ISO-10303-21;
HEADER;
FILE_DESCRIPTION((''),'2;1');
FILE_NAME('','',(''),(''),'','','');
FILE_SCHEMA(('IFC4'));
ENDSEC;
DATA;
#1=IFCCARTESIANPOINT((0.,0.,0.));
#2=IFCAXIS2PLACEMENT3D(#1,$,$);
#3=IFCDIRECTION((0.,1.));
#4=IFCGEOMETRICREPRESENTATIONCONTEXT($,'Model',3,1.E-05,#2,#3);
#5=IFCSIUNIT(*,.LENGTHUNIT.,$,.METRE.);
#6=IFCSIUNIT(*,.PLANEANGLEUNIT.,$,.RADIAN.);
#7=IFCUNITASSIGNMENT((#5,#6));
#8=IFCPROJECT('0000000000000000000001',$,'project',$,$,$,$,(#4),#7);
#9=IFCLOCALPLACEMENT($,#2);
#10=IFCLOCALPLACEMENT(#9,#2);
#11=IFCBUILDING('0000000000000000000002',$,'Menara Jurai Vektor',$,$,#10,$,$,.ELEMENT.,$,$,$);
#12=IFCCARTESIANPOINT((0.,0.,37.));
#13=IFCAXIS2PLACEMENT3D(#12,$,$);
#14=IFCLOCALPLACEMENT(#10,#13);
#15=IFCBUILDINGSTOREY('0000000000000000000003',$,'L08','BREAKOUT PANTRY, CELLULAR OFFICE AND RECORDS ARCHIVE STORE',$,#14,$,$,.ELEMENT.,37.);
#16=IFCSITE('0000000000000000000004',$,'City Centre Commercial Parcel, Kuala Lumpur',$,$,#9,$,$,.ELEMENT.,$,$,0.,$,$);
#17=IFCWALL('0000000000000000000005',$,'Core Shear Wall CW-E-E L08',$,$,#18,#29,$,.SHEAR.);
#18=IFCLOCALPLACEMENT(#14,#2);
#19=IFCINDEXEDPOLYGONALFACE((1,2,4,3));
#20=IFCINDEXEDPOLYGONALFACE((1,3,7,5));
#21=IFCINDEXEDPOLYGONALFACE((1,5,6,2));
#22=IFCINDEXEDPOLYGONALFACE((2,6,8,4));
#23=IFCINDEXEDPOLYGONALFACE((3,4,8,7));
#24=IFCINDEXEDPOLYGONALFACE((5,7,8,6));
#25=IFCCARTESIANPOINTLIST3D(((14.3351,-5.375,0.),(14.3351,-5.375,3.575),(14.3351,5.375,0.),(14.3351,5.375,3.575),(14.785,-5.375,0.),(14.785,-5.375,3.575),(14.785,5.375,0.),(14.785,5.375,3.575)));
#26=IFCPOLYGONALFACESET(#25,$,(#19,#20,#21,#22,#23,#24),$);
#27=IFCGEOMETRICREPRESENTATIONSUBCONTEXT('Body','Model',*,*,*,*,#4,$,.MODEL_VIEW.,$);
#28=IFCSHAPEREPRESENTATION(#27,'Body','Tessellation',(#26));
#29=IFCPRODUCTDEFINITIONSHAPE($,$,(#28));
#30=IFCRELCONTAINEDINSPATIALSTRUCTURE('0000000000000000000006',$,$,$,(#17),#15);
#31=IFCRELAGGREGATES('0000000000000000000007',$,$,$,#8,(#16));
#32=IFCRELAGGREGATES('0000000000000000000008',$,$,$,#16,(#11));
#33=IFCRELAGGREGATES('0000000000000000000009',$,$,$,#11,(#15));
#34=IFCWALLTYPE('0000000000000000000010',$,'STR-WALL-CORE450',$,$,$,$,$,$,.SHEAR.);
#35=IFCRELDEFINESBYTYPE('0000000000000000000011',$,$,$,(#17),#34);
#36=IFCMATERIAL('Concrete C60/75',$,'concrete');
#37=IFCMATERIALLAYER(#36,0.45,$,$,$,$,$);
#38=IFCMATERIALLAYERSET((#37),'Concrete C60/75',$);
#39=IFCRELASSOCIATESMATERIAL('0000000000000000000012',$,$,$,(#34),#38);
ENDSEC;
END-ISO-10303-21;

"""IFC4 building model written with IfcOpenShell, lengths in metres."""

from ifc_helpers import new_model, si_unit, direction, frame, frame_2d, origin, place, context, subcontext, project, spatial, rectangle, extrude, material, layer, layer_set, type_object, element, save


model = new_model("IFC4")

# Units and contexts
model_context = context("Model", 3, precision=1e-05, world=origin(), true_north=direction((0.0, 1.0)))
body_context = subcontext(model_context, "Body", "Model", "MODEL_VIEW")
ifc_project = project(units=[si_unit("LENGTHUNIT", "METRE"), si_unit("PLANEANGLEUNIT", "RADIAN")], contexts=[model_context])

# Site, building, storey
site_placement = place(None, origin())
site = spatial("IfcSite", under=ifc_project, at=site_placement, Name="City Centre Commercial Parcel, Kuala Lumpur", CompositionType="ELEMENT", RefElevation=0.0)
building_placement = place(site_placement, origin())
building = spatial("IfcBuilding", under=site, at=building_placement, Name="Menara Jurai Vektor", CompositionType="ELEMENT")
storey_placement = place(building_placement, frame((0.0, 0.0, 37.0)))
storey = spatial("IfcBuildingStorey", under=building, at=storey_placement, Name="L08", Description="BREAKOUT PANTRY, CELLULAR OFFICE AND RECORDS ARCHIVE STORE", CompositionType="ELEMENT", Elevation=37.0)

# Shared definitions
ifc_material_1 = material(Name="Concrete C60/75", Category="concrete")

# Wall
ifc_layer_1 = layer(ifc_material_1, 0.45)
ifc_layer_set_1 = layer_set([ifc_layer_1], Name="Concrete C60/75")
wall_type_1 = type_object("IfcWallType", Name="STR-WALL-CORE450", PredefinedType="SHEAR", material=ifc_layer_set_1)
wall_1_placement = place(storey_placement, frame((14.5601, -5.375, 0.0), z_axis=(0.0, 0.0, 1.0), x_axis=(0.0, 1.0, 0.0)))
element("IfcWall", 1, at=wall_1_placement, inside=storey, type_object=wall_type_1, Name="Core Shear Wall CW-E-E L08", PredefinedType="SHEAR", context=body_context, shape_type="SweptSolid", body=[
    extrude(rectangle(XDim=10.75, YDim=0.45, at=frame_2d((5.375, 0.0))), origin(), (0.0, 0.0, 1.0), 3.575),
])

save(model, "model.ifc")
